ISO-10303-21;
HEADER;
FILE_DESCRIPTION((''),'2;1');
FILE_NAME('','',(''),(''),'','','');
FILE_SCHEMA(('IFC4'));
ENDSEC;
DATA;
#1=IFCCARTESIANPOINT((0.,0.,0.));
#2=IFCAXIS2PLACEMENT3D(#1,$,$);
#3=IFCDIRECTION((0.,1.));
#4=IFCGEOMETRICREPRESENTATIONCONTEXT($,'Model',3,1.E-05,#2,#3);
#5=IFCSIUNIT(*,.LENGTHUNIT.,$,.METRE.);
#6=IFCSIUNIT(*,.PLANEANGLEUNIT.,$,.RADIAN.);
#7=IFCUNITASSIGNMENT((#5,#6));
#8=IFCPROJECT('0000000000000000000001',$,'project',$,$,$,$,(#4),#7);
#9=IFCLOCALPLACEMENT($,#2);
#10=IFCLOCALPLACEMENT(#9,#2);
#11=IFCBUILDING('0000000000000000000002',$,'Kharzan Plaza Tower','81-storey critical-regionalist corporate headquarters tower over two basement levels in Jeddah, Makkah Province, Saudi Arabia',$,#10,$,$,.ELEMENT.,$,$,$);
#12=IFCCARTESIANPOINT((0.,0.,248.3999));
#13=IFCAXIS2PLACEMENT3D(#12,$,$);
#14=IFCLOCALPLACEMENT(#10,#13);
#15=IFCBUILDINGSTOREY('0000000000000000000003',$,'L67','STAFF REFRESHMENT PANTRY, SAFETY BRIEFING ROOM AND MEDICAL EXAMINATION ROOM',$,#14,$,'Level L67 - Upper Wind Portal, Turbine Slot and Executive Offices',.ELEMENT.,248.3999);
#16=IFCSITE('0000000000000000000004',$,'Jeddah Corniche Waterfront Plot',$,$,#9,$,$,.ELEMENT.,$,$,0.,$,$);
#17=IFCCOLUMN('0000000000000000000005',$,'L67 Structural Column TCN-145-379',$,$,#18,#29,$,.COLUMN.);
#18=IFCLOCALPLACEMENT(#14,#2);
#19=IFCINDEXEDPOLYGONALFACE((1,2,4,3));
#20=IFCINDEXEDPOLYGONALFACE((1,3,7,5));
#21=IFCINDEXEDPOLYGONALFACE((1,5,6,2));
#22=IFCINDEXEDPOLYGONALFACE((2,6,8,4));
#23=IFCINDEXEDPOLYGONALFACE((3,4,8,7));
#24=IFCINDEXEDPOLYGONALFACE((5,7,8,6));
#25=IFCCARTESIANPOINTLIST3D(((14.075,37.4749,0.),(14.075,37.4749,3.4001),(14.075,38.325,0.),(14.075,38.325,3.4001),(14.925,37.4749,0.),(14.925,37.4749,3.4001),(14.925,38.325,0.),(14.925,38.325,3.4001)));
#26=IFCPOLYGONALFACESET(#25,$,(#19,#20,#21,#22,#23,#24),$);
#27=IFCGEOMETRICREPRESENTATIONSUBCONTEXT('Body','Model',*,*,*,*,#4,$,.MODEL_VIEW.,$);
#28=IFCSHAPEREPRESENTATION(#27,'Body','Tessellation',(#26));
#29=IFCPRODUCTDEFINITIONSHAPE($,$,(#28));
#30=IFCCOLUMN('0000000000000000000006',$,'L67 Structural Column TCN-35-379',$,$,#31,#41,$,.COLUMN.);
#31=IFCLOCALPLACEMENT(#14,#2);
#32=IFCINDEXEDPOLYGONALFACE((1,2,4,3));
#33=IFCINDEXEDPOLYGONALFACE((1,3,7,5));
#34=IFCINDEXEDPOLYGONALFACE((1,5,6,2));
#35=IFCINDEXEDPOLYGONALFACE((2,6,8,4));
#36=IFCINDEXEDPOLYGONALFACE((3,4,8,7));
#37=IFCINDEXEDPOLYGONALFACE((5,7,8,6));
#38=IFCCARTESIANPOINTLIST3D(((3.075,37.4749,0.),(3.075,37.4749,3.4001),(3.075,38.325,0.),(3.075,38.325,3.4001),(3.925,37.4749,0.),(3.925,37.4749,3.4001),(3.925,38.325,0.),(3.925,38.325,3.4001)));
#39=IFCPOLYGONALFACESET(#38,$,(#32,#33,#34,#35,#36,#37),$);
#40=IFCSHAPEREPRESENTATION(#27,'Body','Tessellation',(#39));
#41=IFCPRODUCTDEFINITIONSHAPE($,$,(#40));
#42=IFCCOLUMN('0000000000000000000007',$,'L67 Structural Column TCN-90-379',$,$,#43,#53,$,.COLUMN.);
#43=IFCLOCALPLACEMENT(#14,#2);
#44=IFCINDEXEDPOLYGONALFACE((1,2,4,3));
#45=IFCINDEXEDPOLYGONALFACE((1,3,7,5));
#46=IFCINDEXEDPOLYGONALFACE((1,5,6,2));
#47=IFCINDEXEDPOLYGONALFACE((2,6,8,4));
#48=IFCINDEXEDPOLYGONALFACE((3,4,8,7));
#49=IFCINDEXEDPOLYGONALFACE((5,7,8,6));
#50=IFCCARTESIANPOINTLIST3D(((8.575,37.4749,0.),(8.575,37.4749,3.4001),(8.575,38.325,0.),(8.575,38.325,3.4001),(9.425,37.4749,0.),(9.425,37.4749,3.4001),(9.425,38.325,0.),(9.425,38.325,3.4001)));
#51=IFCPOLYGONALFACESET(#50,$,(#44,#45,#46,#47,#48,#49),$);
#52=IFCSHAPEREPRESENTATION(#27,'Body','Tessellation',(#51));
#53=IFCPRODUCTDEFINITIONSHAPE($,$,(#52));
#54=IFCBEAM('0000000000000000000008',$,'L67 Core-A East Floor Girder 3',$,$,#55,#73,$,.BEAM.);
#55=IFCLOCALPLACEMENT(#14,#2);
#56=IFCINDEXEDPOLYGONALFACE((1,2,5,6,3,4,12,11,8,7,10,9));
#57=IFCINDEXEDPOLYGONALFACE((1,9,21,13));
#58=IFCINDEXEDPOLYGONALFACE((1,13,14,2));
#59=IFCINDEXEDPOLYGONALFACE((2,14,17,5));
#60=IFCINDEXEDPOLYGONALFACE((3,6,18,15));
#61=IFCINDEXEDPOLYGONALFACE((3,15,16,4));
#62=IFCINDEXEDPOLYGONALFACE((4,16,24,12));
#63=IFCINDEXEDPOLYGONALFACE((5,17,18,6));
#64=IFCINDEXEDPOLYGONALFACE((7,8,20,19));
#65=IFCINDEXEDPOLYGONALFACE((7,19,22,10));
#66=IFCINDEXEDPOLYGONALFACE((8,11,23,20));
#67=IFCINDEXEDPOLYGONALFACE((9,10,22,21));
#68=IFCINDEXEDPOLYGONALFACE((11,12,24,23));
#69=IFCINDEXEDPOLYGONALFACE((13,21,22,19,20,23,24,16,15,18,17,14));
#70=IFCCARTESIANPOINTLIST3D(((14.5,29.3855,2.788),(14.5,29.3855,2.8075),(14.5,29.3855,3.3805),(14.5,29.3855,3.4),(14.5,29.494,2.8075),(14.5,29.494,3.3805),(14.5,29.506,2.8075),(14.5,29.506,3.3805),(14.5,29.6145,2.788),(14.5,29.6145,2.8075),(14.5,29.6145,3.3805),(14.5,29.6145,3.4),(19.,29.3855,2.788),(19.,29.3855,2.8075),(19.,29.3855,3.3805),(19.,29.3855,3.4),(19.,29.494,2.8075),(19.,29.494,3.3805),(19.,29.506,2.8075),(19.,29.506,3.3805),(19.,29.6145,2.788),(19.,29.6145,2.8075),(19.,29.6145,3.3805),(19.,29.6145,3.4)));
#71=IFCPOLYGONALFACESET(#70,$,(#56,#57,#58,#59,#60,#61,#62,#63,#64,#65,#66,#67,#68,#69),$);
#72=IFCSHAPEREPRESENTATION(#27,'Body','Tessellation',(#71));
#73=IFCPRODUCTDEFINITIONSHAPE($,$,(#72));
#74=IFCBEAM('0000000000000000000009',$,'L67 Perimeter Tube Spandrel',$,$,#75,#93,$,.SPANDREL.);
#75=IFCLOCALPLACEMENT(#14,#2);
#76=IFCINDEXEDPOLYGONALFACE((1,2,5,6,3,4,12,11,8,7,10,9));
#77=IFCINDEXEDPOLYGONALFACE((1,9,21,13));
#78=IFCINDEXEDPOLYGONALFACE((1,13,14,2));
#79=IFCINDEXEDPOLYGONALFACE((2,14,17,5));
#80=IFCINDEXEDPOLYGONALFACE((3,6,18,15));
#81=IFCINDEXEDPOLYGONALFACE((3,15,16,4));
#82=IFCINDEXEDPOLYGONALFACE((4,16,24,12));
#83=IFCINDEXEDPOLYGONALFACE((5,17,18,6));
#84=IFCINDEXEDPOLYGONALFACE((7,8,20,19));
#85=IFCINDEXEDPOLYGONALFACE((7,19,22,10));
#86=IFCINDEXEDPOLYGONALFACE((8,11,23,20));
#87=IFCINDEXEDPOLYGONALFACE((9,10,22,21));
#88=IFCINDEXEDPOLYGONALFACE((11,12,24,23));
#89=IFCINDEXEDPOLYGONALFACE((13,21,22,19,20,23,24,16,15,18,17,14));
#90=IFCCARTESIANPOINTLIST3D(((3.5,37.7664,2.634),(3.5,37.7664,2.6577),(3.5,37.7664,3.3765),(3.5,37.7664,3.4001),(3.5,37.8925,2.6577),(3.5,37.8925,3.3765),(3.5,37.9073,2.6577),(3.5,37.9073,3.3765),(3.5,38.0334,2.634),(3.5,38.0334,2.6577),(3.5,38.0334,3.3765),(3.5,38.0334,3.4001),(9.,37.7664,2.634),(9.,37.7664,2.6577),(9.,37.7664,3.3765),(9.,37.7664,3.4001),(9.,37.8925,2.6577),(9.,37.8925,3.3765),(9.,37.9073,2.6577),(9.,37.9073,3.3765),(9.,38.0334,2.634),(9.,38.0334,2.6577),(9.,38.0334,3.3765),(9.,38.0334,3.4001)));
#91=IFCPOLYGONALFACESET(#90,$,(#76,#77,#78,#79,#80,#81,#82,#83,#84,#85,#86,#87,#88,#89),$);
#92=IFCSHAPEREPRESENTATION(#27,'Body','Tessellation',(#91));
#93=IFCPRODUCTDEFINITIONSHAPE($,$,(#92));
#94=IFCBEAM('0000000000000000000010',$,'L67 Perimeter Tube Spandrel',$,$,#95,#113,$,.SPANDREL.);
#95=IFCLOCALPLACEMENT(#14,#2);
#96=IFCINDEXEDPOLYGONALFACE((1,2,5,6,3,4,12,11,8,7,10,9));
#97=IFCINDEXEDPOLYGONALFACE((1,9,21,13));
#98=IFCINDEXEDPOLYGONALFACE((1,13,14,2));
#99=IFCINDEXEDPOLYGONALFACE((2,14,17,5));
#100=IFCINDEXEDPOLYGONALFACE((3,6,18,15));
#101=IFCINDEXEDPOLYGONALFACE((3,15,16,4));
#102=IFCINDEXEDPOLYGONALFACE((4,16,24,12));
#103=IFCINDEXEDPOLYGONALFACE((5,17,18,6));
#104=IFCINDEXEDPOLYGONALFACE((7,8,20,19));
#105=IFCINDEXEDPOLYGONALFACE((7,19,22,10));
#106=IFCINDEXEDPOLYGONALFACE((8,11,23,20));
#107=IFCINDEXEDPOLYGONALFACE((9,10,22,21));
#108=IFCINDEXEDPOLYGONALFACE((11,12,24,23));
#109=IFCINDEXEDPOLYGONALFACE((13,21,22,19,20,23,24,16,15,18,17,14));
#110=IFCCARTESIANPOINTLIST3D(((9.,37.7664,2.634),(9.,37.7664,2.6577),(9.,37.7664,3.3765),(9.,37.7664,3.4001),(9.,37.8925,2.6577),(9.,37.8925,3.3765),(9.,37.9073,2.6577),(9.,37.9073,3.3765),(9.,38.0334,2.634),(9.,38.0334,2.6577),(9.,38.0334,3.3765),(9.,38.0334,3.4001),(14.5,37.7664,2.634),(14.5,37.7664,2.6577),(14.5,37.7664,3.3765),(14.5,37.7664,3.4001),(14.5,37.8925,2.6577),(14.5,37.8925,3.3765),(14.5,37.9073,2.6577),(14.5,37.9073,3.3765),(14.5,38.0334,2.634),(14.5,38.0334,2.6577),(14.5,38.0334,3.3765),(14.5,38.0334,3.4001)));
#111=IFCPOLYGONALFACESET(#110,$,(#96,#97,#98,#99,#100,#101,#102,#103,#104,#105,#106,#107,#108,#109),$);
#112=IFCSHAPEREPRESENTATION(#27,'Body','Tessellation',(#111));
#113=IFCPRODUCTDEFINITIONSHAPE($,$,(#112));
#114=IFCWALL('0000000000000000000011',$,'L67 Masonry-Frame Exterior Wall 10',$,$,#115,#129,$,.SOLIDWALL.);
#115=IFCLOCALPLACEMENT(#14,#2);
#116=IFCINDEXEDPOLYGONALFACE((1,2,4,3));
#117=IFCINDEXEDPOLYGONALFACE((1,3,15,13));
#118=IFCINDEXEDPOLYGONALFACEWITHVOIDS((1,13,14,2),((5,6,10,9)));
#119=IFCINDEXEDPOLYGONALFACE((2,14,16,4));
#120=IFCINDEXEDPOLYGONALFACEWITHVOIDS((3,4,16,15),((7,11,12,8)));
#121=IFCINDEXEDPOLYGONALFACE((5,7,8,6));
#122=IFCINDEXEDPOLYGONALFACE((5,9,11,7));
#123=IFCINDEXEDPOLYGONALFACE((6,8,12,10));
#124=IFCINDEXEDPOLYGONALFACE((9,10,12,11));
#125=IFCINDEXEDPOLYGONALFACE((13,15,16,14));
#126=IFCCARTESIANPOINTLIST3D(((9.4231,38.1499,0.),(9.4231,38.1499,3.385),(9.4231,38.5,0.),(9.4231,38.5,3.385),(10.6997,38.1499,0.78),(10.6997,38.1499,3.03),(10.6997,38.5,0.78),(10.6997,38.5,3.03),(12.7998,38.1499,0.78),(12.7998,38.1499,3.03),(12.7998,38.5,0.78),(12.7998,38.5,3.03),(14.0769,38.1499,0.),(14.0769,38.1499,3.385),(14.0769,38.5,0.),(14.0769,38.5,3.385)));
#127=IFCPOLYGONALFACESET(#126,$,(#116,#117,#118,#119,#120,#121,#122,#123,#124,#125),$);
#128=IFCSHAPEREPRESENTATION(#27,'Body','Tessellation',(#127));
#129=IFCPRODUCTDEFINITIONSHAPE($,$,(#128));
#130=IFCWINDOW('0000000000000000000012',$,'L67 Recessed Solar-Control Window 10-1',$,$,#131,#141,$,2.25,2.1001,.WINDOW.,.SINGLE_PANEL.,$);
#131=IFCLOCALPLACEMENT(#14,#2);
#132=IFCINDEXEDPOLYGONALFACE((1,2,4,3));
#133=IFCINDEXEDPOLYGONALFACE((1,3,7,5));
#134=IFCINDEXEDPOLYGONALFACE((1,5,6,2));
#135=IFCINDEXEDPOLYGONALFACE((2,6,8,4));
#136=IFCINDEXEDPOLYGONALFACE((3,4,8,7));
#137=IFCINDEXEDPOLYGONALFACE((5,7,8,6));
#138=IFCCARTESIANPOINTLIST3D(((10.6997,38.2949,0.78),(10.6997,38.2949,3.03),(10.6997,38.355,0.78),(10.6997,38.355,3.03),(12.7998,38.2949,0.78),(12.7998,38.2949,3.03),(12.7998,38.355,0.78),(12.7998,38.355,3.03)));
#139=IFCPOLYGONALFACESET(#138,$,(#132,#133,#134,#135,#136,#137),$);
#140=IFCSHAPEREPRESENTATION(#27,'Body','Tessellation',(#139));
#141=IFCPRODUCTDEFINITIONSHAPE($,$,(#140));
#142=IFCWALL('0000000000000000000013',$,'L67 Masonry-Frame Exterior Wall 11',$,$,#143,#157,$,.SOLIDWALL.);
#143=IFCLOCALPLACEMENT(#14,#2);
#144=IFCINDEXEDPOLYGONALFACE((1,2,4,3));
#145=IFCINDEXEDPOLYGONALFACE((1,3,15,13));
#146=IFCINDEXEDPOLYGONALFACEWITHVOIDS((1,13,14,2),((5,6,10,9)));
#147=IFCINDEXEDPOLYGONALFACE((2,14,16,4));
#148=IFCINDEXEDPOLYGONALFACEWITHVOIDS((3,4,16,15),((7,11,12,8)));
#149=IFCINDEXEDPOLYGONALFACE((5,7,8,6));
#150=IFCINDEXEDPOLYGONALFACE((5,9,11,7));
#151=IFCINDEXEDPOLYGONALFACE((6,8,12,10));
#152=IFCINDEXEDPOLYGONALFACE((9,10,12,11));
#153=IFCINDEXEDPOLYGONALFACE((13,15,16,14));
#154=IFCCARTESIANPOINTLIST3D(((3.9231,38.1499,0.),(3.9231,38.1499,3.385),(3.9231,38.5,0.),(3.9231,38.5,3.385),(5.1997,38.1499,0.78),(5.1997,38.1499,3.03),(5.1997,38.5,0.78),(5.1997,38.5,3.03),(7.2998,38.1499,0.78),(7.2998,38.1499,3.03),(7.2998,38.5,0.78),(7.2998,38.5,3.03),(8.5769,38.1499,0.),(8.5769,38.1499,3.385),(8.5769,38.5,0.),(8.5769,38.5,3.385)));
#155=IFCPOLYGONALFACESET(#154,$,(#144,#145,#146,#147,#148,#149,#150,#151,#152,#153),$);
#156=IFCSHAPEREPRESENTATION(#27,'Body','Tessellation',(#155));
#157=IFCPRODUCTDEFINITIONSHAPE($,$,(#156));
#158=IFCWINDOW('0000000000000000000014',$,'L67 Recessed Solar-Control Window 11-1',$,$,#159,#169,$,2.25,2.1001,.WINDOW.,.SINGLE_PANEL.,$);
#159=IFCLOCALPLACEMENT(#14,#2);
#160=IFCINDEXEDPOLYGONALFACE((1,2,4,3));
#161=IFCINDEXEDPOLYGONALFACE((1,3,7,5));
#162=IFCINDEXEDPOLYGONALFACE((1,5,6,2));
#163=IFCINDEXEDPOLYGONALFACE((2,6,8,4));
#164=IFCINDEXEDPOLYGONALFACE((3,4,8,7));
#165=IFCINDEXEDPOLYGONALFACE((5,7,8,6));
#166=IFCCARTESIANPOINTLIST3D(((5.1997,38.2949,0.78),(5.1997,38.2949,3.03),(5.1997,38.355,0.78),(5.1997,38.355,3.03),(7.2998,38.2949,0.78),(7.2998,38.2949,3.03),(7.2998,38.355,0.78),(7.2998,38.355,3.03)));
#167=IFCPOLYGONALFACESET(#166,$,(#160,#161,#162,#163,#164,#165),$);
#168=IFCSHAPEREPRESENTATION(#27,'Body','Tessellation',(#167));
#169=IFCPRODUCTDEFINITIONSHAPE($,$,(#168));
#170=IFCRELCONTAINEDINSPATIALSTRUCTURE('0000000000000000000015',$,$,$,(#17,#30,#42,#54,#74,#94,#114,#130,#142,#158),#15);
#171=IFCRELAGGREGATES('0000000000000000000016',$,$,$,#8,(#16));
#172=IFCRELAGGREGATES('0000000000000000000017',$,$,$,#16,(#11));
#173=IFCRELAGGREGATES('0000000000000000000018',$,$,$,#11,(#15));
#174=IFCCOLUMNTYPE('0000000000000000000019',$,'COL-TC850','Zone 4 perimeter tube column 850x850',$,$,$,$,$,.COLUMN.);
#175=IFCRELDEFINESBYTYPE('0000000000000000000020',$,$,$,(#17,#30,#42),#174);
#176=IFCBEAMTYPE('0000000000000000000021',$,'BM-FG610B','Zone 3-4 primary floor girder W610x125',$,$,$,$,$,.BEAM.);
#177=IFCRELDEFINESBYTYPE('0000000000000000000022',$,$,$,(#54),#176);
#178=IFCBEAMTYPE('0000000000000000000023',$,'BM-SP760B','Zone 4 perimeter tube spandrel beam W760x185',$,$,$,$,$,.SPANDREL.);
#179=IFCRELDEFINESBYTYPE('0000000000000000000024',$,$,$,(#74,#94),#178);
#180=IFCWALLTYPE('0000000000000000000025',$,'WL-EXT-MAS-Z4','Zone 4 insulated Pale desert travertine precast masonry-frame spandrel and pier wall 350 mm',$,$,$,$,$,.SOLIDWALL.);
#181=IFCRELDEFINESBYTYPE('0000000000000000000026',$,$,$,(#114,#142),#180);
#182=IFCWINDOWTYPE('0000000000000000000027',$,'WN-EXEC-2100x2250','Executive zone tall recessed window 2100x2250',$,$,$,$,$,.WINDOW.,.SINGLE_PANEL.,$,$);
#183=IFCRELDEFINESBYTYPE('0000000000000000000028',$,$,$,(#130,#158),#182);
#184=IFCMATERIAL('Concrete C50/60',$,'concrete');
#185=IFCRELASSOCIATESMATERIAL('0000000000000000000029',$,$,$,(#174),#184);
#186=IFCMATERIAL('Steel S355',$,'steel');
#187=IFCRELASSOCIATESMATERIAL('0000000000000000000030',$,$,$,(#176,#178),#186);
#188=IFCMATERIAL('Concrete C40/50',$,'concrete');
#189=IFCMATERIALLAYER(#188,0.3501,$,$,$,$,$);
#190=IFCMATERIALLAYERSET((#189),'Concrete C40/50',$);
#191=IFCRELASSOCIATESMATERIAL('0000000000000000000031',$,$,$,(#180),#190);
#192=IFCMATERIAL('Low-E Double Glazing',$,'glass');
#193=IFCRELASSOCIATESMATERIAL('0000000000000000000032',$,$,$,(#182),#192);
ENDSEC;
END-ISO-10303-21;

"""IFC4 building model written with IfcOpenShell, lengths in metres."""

from ifc_helpers import new_model, si_unit, direction, frame, frame_2d, origin, origin_2d, place, context, subcontext, project, spatial, rectangle, i_section, extrude, source, transform, mapped, material, layer, layer_set, material_profile, profile_set, type_object, element, fill, save


model = new_model("IFC4")

# Units and contexts
model_context = context("Model", 3, precision=1e-05, world=origin(), true_north=direction((0.0, 1.0)))
body_context = subcontext(model_context, "Body", "Model", "MODEL_VIEW")
ifc_project = project(units=[si_unit("LENGTHUNIT", "METRE"), si_unit("PLANEANGLEUNIT", "RADIAN")], contexts=[model_context])

# Site, building, storey
site_placement = place(None, origin())
site = spatial("IfcSite", under=ifc_project, at=site_placement, Name="Jeddah Corniche Waterfront Plot", CompositionType="ELEMENT", RefElevation=0.0)
building_placement = place(site_placement, origin())
building = spatial("IfcBuilding", under=site, at=building_placement, Name="Kharzan Plaza Tower", Description="81-storey critical-regionalist corporate headquarters tower over two basement levels in Jeddah, Makkah Province, Saudi Arabia", CompositionType="ELEMENT")
storey_placement = place(building_placement, frame((0.0, 0.0, 248.3999)))
storey = spatial("IfcBuildingStorey", under=building, at=storey_placement, Name="L67", Description="STAFF REFRESHMENT PANTRY, SAFETY BRIEFING ROOM AND MEDICAL EXAMINATION ROOM", LongName="Level L67 - Upper Wind Portal, Turbine Slot and Executive Offices", CompositionType="ELEMENT", Elevation=248.3999)

# Columns
ifc_material_1 = material(Name="Concrete C50/60", Category="concrete")
ifc_material_profile_1 = material_profile(ifc_material_1, rectangle(XDim=0.8501, YDim=0.8501, at=origin_2d()), Name="RC-TC850x850")
ifc_profile_set_1 = profile_set([ifc_material_profile_1], Name="Concrete C50/60")
column_type = type_object("IfcColumnType", Name="COL-TC850", Description="Zone 4 perimeter tube column 850x850", PredefinedType="COLUMN", material=ifc_profile_set_1)
shared_shape_1 = source(origin(), body_context, "Body", "SweptSolid", [
    extrude(rectangle(XDim=0.8501, YDim=0.8501, at=origin_2d()), origin(), (0.0, 0.0, 1.0), 3.4001),
])
for number, where, z_axis, x_axis, name in (
    (1, (14.5, 37.8999, 0.0), (0.0, 0.0, 1.0), (1.0, 0.0, 0.0), "L67 Structural Column TCN-145-379"),
    (2, (3.5, 37.8999, 0.0), (0.0, 0.0, 1.0), (1.0, 0.0, 0.0), "L67 Structural Column TCN-35-379"),
    (3, (9.0, 37.8999, 0.0), (0.0, 0.0, 1.0), (1.0, 0.0, 0.0), "L67 Structural Column TCN-90-379"),
):
    element("IfcColumn", number, at=place(storey_placement, frame(where, z_axis=z_axis, x_axis=x_axis)), inside=storey, type_object=column_type, Name=name, PredefinedType="COLUMN", context=body_context, shape_type="MappedRepresentation", body=[
        mapped(shared_shape_1, transform((0.0, 0.0, 0.0), x_axis=(1.0, 0.0, 0.0), y_axis=(0.0, 1.0, 0.0), z_axis=(0.0, 0.0, 1.0))),
    ])

# Beams
ifc_material_2 = material(Name="Steel S355", Category="steel")
ifc_material_profile_2 = material_profile(ifc_material_2, i_section(OverallWidth=0.229, OverallDepth=0.6121, WebThickness=0.012, FlangeThickness=0.0195, at=origin_2d()), Name="W610x125")
ifc_profile_set_2 = profile_set([ifc_material_profile_2], Name="Steel S355")
beam_type_1 = type_object("IfcBeamType", Name="BM-FG610B", Description="Zone 3-4 primary floor girder W610x125", PredefinedType="BEAM", material=ifc_profile_set_2)
shared_shape_2 = source(origin(), body_context, "Body", "SweptSolid", [
    extrude(i_section(OverallWidth=0.229, OverallDepth=0.6121, WebThickness=0.012, FlangeThickness=0.0195, at=origin_2d()), origin(), (0.0, 0.0, 1.0), 4.5),
])
beam_placement = place(storey_placement, frame((14.5, 29.5, 3.094), z_axis=(1.0, 0.0, 0.0), x_axis=(0.0, 1.0, 0.0)))
element("IfcBeam", 4, at=beam_placement, inside=storey, type_object=beam_type_1, Name="L67 Core-A East Floor Girder 3", PredefinedType="BEAM", context=body_context, shape_type="MappedRepresentation", body=[
    mapped(shared_shape_2, transform((0.0, 0.0, 0.0), x_axis=(1.0, 0.0, 0.0), y_axis=(0.0, 1.0, 0.0), z_axis=(0.0, 0.0, 1.0))),
])
ifc_material_profile_3 = material_profile(ifc_material_2, i_section(OverallWidth=0.2671, OverallDepth=0.7661, WebThickness=0.0149, FlangeThickness=0.0237, at=origin_2d()), Name="W760x185")
ifc_profile_set_3 = profile_set([ifc_material_profile_3], Name="Steel S355")
beam_type_2 = type_object("IfcBeamType", Name="BM-SP760B", Description="Zone 4 perimeter tube spandrel beam W760x185", PredefinedType="SPANDREL", material=ifc_profile_set_3)
shared_shape_3 = source(origin(), body_context, "Body", "SweptSolid", [
    extrude(i_section(OverallWidth=0.2671, OverallDepth=0.7661, WebThickness=0.0149, FlangeThickness=0.0237, at=origin_2d()), origin(), (0.0, 0.0, 1.0), 5.5),
])
for number, where, z_axis, x_axis, name in (
    (5, (3.5, 37.8999, 3.0171), (1.0, 0.0, 0.0), (0.0, 1.0, 0.0), "L67 Perimeter Tube Spandrel"),
    (6, (9.0, 37.8999, 3.0171), (1.0, 0.0, 0.0), (0.0, 1.0, 0.0), "L67 Perimeter Tube Spandrel"),
):
    element("IfcBeam", number, at=place(storey_placement, frame(where, z_axis=z_axis, x_axis=x_axis)), inside=storey, type_object=beam_type_2, Name=name, PredefinedType="SPANDREL", context=body_context, shape_type="MappedRepresentation", body=[
        mapped(shared_shape_3, transform((0.0, 0.0, 0.0), x_axis=(1.0, 0.0, 0.0), y_axis=(0.0, 1.0, 0.0), z_axis=(0.0, 0.0, 1.0))),
    ])

# Walls, openings, windows
ifc_material_3 = material(Name="Concrete C40/50", Category="concrete")
ifc_layer_1 = layer(ifc_material_3, 0.3501)
ifc_layer_set_1 = layer_set([ifc_layer_1], Name="Concrete C40/50")
wall_type_1 = type_object("IfcWallType", Name="WL-EXT-MAS-Z4", Description="Zone 4 insulated Pale desert travertine precast masonry-frame spandrel and pier wall 350 mm", PredefinedType="SOLIDWALL", material=ifc_layer_set_1)
wall_1_placement = place(storey_placement, frame((14.0769, 38.325, 0.0), z_axis=(0.0, 0.0, 1.0), x_axis=(-1.0, 0.0, 0.0)))
wall_1 = element("IfcWall", 7, at=wall_1_placement, inside=storey, type_object=wall_type_1, Name="L67 Masonry-Frame Exterior Wall 10", PredefinedType="SOLIDWALL", context=body_context, shape_type="SweptSolid", body=[
    extrude(rectangle(XDim=4.6538, YDim=0.3501, at=frame_2d((2.3269, 0.0))), origin(), (0.0, 0.0, 1.0), 3.385),
])
opening_1_placement = place(wall_1_placement, frame((1.2771, 0.0, 0.78)))
opening_1 = element("IfcOpeningElement", 8, at=opening_1_placement, cuts=wall_1, PredefinedType="OPENING", context=body_context, shape_type="SweptSolid", body=[
    extrude(rectangle(XDim=2.1001, YDim=2.25, at=frame_2d((1.05, 1.125))), frame((0.0, 0.1851, 0.0), z_axis=(0.0, -1.0, 0.0), x_axis=(1.0, 0.0, 0.0)), (0.0, 0.0, 1.0), 0.3701),
])
ifc_material_4 = material(Name="Low-E Double Glazing", Category="glass")
window_type_1 = type_object("IfcWindowType", Name="WN-EXEC-2100x2250", Description="Executive zone tall recessed window 2100x2250", PartitioningType="SINGLE_PANEL", PredefinedType="WINDOW", material=ifc_material_4)
shared_shape_4 = source(origin(), body_context, "Body", "SweptSolid", [
    extrude(rectangle(XDim=2.1001, YDim=2.25, at=frame_2d((1.05, 1.125))), frame((0.0, 0.03, 0.0), z_axis=(0.0, -1.0, 0.0), x_axis=(1.0, 0.0, 0.0)), (0.0, 0.0, 1.0), 0.0601),
])
window_1_placement = place(opening_1_placement, origin())
window_1 = element("IfcWindow", 9, at=window_1_placement, inside=storey, type_object=window_type_1, Name="L67 Recessed Solar-Control Window 10-1", OverallHeight=2.25, OverallWidth=2.1001, PartitioningType="SINGLE_PANEL", PredefinedType="WINDOW", context=body_context, shape_type="MappedRepresentation", body=[
    mapped(shared_shape_4, transform((0.0, 0.0, 0.0), x_axis=(1.0, 0.0, 0.0), y_axis=(0.0, 1.0, 0.0), z_axis=(0.0, 0.0, 1.0))),
])
fill(opening_1, window_1)
wall_2_placement = place(storey_placement, frame((8.5769, 38.325, 0.0), z_axis=(0.0, 0.0, 1.0), x_axis=(-1.0, 0.0, 0.0)))
wall_2 = element("IfcWall", 10, at=wall_2_placement, inside=storey, type_object=wall_type_1, Name="L67 Masonry-Frame Exterior Wall 11", PredefinedType="SOLIDWALL", context=body_context, shape_type="SweptSolid", body=[
    extrude(rectangle(XDim=4.6538, YDim=0.3501, at=frame_2d((2.3269, 0.0))), origin(), (0.0, 0.0, 1.0), 3.385),
])
opening_2_placement = place(wall_2_placement, frame((1.2771, 0.0, 0.78)))
opening_2 = element("IfcOpeningElement", 11, at=opening_2_placement, cuts=wall_2, PredefinedType="OPENING", context=body_context, shape_type="SweptSolid", body=[
    extrude(rectangle(XDim=2.1001, YDim=2.25, at=frame_2d((1.05, 1.125))), frame((0.0, 0.1851, 0.0), z_axis=(0.0, -1.0, 0.0), x_axis=(1.0, 0.0, 0.0)), (0.0, 0.0, 1.0), 0.3701),
])
window_2_placement = place(opening_2_placement, origin())
window_2 = element("IfcWindow", 12, at=window_2_placement, inside=storey, type_object=window_type_1, Name="L67 Recessed Solar-Control Window 11-1", OverallHeight=2.25, OverallWidth=2.1001, PartitioningType="SINGLE_PANEL", PredefinedType="WINDOW", context=body_context, shape_type="MappedRepresentation", body=[
    mapped(shared_shape_4, transform((0.0, 0.0, 0.0), x_axis=(1.0, 0.0, 0.0), y_axis=(0.0, 1.0, 0.0), z_axis=(0.0, 0.0, 1.0))),
])
fill(opening_2, window_2)

save(model, "model.ifc")
